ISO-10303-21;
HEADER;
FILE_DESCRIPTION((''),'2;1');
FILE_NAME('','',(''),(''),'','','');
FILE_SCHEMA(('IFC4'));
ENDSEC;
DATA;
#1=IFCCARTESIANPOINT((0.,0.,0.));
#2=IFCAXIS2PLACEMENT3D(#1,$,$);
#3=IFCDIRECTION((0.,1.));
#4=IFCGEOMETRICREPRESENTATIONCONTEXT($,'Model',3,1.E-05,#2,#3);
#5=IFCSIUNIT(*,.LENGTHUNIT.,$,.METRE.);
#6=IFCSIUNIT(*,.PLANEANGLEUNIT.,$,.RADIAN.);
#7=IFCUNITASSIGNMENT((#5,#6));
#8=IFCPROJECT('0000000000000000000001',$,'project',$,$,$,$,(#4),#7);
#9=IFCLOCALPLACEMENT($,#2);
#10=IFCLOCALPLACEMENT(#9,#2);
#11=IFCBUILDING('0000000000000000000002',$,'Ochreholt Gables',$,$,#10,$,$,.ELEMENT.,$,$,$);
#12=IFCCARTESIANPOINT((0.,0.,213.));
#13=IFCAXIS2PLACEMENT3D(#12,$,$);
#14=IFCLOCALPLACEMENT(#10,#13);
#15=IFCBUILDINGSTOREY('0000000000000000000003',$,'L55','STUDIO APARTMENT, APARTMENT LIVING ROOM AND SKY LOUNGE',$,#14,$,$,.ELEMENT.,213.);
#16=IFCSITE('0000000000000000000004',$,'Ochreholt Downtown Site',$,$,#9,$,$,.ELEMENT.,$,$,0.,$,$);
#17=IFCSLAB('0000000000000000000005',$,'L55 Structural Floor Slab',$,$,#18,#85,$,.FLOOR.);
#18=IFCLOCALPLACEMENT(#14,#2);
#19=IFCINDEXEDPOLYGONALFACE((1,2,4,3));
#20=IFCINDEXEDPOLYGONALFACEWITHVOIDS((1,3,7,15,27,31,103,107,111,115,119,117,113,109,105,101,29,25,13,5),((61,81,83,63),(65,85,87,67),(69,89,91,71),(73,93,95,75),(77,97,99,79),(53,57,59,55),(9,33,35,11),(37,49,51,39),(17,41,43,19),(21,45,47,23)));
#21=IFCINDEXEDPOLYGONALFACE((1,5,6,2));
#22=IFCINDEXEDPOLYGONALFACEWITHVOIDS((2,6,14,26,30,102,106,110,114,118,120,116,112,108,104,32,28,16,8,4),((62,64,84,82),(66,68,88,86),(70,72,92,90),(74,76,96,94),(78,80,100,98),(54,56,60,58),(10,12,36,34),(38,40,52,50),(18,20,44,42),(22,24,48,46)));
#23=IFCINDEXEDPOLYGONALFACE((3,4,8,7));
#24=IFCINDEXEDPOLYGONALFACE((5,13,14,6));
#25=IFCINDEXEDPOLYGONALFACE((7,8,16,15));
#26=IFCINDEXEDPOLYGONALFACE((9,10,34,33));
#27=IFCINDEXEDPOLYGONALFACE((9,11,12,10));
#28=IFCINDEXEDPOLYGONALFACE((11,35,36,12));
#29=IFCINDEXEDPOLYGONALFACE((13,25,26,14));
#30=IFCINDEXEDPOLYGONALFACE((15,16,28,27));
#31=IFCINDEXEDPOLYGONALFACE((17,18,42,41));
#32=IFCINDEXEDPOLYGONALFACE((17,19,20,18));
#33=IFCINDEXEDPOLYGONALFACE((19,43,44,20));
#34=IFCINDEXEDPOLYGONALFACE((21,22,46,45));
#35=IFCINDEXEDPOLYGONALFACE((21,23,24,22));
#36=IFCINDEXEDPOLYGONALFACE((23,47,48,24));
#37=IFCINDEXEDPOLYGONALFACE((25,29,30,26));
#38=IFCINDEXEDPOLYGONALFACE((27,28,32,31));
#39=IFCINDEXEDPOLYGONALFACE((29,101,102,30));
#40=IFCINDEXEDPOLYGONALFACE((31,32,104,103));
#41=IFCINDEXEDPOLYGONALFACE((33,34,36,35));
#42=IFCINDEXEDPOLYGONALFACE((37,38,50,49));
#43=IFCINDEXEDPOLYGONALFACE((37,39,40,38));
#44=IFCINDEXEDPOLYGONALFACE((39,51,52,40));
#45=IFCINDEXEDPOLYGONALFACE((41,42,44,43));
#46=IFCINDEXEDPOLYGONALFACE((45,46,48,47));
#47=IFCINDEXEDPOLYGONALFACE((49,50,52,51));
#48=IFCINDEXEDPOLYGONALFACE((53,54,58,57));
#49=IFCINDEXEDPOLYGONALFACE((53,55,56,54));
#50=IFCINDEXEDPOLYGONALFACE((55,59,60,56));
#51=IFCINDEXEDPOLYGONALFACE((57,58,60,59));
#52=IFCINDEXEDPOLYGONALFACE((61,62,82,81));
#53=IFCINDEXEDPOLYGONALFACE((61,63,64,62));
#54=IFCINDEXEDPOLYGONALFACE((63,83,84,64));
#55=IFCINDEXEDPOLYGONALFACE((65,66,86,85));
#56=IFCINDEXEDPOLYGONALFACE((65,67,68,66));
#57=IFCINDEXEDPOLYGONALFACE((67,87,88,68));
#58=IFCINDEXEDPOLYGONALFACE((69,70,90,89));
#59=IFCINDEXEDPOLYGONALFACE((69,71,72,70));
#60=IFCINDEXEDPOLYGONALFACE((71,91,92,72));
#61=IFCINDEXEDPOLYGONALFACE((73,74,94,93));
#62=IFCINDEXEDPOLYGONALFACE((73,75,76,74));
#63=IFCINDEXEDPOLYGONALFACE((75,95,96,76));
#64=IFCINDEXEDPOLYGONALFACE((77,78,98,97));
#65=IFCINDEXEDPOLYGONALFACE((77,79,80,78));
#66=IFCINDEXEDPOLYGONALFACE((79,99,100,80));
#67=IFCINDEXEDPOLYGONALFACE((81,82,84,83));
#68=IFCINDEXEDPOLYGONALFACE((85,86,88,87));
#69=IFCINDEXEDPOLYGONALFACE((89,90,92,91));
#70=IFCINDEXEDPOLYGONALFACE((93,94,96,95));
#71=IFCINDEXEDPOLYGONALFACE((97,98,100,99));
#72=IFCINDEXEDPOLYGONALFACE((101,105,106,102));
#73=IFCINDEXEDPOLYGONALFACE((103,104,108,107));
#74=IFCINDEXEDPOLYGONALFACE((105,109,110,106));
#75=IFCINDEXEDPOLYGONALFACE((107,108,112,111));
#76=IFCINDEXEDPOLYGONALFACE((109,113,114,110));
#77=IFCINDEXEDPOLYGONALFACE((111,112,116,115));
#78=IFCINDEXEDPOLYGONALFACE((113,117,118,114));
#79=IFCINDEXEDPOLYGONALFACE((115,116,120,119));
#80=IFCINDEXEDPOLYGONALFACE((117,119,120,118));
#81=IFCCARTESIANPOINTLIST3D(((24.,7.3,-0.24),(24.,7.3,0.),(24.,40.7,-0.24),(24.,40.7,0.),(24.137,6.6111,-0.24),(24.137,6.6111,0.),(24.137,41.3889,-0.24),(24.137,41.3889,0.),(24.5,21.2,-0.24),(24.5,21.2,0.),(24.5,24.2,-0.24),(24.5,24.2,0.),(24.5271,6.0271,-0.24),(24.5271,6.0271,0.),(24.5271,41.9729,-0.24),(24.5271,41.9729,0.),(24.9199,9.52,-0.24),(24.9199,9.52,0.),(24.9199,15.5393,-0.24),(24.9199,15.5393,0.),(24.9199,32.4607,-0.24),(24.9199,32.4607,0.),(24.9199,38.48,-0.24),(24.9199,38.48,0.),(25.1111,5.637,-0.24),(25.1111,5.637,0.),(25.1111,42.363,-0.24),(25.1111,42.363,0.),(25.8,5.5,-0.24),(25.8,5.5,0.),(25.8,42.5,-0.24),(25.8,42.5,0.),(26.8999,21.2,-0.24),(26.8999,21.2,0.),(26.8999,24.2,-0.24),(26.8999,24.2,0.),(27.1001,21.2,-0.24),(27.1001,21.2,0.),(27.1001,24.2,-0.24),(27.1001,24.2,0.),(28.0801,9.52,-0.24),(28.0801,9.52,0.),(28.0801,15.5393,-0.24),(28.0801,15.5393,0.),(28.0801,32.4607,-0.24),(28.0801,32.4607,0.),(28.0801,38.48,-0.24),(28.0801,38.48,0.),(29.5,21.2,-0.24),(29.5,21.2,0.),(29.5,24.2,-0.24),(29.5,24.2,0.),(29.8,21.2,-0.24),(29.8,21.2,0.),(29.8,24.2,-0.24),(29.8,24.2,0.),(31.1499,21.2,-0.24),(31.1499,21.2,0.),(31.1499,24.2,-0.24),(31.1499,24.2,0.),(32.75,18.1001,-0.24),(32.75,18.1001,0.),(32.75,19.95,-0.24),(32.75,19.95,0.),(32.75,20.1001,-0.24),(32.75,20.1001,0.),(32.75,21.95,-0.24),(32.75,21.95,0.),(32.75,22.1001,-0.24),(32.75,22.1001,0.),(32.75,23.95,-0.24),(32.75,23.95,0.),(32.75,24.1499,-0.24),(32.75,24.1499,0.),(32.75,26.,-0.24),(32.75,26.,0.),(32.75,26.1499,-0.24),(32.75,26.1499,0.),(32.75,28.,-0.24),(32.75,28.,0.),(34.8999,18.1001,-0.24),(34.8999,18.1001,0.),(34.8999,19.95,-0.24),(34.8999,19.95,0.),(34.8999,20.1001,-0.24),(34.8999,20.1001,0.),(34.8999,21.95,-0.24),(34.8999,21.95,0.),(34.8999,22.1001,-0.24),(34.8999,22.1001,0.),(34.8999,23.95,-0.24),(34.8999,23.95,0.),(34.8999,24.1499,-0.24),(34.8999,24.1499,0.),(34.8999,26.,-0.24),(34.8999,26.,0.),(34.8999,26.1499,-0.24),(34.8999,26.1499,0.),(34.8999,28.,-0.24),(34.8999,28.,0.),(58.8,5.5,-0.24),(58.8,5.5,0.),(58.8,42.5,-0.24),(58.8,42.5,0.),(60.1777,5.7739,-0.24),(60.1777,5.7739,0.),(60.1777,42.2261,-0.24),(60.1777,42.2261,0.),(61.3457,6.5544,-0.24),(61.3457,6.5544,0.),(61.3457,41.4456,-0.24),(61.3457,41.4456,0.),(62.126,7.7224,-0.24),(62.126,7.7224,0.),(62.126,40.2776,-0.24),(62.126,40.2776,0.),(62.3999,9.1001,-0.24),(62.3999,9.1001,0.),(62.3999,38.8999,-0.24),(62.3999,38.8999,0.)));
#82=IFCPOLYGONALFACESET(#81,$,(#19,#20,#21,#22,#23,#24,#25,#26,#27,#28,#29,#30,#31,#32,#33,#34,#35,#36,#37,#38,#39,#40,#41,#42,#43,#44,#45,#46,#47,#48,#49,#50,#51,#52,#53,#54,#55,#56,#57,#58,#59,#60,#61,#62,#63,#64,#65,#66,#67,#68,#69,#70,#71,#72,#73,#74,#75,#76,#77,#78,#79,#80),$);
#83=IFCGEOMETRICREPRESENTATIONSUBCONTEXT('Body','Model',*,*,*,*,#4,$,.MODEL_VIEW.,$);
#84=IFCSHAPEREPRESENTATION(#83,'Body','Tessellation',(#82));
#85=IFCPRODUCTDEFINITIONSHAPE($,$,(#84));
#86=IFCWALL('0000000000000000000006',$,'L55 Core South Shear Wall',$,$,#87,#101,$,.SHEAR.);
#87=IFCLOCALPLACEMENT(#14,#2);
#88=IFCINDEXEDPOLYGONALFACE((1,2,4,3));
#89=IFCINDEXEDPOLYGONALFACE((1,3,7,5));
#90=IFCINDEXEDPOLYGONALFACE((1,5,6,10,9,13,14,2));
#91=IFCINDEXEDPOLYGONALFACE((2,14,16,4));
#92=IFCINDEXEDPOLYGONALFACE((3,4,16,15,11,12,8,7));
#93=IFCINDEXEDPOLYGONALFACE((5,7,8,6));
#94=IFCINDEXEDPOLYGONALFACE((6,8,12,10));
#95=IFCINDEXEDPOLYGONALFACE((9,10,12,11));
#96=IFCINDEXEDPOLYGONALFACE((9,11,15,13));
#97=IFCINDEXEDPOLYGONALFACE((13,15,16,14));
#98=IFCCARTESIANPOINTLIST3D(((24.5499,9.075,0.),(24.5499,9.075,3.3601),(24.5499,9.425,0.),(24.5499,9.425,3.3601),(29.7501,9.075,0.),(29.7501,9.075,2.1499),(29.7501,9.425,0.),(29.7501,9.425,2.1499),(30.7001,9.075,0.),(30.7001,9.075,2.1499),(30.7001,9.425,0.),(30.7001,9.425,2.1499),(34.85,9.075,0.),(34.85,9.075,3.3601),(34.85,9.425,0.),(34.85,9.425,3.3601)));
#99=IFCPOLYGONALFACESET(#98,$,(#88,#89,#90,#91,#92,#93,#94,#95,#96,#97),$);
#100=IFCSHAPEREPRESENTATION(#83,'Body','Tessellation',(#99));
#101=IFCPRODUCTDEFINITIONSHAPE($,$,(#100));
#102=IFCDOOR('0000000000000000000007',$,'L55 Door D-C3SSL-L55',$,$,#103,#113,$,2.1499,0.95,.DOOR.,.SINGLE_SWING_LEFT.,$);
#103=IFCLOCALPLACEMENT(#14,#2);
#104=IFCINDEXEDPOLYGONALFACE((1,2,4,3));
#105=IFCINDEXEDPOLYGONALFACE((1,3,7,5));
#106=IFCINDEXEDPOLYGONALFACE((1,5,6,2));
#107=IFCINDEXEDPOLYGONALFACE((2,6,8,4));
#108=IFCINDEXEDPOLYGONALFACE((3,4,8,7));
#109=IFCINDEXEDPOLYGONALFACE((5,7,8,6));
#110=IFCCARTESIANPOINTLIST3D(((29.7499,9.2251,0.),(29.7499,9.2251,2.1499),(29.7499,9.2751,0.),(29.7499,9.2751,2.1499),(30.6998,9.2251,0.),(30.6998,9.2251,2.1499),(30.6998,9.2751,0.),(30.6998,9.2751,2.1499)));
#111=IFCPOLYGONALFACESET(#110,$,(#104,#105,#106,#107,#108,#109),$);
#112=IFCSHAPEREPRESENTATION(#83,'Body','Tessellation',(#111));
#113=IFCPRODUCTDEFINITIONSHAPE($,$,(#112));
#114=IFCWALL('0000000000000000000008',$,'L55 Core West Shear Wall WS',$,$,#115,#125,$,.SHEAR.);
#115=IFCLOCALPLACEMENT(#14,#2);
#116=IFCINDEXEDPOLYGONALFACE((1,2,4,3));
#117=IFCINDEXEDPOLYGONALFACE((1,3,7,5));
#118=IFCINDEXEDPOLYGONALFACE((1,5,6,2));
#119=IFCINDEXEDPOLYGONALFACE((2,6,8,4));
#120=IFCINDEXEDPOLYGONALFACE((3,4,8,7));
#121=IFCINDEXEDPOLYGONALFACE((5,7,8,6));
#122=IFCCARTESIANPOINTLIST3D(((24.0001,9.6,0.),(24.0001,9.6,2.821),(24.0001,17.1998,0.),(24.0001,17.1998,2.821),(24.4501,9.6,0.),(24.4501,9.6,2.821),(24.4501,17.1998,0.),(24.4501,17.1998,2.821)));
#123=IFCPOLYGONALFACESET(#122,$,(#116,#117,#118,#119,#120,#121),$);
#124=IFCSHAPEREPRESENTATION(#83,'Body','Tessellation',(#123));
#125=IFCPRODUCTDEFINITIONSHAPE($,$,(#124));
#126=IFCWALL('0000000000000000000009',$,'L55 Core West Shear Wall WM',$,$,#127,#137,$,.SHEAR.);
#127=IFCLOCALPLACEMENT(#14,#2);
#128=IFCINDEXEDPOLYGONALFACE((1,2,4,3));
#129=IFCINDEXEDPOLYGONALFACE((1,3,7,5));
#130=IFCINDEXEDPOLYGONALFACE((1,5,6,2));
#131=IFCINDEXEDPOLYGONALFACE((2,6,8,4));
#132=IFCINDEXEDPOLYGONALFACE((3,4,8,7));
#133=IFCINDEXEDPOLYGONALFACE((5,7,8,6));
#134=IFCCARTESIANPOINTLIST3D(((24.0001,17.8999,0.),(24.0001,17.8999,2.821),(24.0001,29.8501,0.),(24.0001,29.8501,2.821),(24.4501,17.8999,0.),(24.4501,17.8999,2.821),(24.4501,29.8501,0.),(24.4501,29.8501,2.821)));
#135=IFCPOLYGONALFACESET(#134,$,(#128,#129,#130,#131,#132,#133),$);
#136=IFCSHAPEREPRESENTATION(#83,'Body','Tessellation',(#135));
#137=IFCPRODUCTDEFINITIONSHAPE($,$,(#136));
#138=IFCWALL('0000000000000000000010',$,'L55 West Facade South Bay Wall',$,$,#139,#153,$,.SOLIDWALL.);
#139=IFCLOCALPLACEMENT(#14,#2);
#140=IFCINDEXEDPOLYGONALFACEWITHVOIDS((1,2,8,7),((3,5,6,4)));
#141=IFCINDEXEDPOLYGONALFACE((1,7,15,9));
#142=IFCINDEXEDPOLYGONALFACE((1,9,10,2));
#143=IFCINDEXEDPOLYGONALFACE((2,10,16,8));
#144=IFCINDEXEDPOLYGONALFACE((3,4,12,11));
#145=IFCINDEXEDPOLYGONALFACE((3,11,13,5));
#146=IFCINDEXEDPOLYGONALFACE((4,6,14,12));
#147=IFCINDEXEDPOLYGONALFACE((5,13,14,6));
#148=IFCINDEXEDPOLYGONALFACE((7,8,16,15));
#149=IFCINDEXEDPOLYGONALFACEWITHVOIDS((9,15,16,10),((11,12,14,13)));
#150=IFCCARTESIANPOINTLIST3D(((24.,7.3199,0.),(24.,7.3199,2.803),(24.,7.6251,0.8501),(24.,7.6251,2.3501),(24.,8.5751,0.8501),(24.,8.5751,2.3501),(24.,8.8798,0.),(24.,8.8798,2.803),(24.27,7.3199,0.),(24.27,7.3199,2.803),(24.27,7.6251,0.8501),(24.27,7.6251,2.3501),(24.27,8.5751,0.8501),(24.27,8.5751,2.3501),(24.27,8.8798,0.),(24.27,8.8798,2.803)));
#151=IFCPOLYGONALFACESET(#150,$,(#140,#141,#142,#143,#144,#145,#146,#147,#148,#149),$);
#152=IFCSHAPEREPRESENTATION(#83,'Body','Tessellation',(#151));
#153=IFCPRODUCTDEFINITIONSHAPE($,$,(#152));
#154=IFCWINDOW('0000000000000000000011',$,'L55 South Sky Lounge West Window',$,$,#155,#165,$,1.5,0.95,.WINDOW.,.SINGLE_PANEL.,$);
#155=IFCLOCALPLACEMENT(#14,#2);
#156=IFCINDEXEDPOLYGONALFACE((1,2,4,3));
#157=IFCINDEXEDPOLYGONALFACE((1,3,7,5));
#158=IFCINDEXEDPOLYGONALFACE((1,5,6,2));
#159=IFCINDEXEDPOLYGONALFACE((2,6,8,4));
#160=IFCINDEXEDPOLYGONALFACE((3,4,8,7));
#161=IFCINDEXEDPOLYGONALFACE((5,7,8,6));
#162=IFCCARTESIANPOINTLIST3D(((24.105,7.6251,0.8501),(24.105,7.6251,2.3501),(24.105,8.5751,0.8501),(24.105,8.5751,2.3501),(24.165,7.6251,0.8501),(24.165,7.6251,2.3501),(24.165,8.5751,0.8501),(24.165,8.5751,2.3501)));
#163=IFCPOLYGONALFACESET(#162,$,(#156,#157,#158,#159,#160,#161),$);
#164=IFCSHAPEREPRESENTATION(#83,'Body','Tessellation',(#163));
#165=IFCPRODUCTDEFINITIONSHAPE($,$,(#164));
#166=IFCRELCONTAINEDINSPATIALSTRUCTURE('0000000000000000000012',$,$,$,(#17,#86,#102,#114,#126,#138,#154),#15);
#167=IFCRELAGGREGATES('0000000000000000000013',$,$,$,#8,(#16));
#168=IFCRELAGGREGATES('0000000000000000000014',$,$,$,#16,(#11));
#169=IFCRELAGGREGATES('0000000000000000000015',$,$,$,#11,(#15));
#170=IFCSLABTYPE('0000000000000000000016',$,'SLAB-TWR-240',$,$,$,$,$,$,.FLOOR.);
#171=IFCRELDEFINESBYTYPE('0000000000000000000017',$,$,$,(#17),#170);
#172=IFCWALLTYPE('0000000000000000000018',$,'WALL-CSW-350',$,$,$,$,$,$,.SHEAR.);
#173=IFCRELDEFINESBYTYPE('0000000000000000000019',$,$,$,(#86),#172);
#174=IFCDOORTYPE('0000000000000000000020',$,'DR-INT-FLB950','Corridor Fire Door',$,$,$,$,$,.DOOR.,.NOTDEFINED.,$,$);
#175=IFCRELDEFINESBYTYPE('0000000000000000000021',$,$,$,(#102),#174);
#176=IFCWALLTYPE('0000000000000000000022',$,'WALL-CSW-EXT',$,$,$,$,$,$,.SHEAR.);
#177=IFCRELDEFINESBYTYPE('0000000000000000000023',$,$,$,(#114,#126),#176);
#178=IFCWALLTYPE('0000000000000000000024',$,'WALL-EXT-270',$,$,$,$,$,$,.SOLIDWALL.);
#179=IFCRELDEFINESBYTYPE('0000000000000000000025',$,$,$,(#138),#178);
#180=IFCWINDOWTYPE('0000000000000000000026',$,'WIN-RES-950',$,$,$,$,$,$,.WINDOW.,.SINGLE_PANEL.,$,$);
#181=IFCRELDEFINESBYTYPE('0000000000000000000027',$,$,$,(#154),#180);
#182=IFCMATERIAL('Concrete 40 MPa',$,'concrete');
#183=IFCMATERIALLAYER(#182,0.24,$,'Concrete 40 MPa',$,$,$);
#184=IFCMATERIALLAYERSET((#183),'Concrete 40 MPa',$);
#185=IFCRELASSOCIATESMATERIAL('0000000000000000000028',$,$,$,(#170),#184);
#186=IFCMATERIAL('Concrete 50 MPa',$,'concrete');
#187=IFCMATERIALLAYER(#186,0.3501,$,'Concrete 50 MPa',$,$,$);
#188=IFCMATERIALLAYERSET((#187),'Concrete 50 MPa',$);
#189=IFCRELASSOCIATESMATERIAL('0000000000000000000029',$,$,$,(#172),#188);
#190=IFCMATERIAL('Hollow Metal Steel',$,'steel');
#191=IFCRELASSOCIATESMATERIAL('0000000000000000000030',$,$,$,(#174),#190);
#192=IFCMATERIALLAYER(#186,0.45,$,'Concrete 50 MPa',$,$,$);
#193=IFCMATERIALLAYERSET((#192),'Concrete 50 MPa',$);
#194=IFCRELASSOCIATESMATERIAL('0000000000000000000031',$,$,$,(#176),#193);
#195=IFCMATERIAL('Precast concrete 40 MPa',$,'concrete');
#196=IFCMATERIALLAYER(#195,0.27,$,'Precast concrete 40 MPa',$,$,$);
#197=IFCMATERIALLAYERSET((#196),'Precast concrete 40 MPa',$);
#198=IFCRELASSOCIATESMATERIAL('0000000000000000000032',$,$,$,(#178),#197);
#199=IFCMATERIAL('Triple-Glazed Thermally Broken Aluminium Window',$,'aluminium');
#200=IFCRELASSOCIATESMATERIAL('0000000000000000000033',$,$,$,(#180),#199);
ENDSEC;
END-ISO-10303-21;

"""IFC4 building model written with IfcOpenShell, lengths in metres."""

from ifc_helpers import new_model, si_unit, direction, frame, frame_2d, origin, place, context, subcontext, project, spatial, polyline, rectangle, outline, extrude, material, layer, layer_set, type_object, element, fill, save


model = new_model("IFC4")

# Units and contexts
model_context = context("Model", 3, precision=1e-05, world=origin(), true_north=direction((0.0, 1.0)))
body_context = subcontext(model_context, "Body", "Model", "MODEL_VIEW")
ifc_project = project(units=[si_unit("LENGTHUNIT", "METRE"), si_unit("PLANEANGLEUNIT", "RADIAN")], contexts=[model_context])

# Site, building, storey
site_placement = place(None, origin())
site = spatial("IfcSite", under=ifc_project, at=site_placement, Name="Ochreholt Downtown Site", CompositionType="ELEMENT", RefElevation=0.0)
building_placement = place(site_placement, origin())
building = spatial("IfcBuilding", under=site, at=building_placement, Name="Ochreholt Gables", CompositionType="ELEMENT")
storey_placement = place(building_placement, frame((0.0, 0.0, 213.0)))
storey = spatial("IfcBuildingStorey", under=building, at=storey_placement, Name="L55", Description="STUDIO APARTMENT, APARTMENT LIVING ROOM AND SKY LOUNGE", CompositionType="ELEMENT", Elevation=213.0)

# Shared definitions
ifc_material_1 = material(Name="Concrete 50 MPa", Category="concrete")

# Shared definitions
ifc_material_2 = material(Name="Concrete 40 MPa", Category="concrete")

# Slab
ifc_layer_1 = layer(ifc_material_2, 0.24, Name="Concrete 40 MPa")
ifc_layer_set_1 = layer_set([ifc_layer_1], Name="Concrete 40 MPa")
slab_type_1 = type_object("IfcSlabType", Name="SLAB-TWR-240", PredefinedType="FLOOR", material=ifc_layer_set_1)
slab_1_placement = place(storey_placement, frame((0.0, 0.0, -0.24)))
element("IfcSlab", 1, at=slab_1_placement, inside=storey, type_object=slab_type_1, Name="L55 Structural Floor Slab", PredefinedType="FLOOR", context=body_context, shape_type="SweptSolid", body=[
    extrude(outline(polyline([(24.0, 7.3), (24.137, 6.6111), (24.5271, 6.0271), (25.1111, 5.637), (25.8, 5.5), (58.8, 5.5), (60.1777, 5.7739), (61.3457, 6.5544), (62.126, 7.7224), (62.3999, 9.1001), (62.3999, 38.8999), (62.126, 40.2776), (61.3457, 41.4456), (60.1777, 42.2261), (58.8, 42.5), (25.8, 42.5), (25.1111, 42.363), (24.5271, 41.9729), (24.137, 41.3889), (24.0, 40.7), (24.0, 7.3)]), holes=[polyline([(24.9199, 15.5393), (24.9199, 9.52), (28.0801, 9.52), (28.0801, 15.5393), (24.9199, 15.5393)]), polyline([(28.0801, 32.4607), (28.0801, 38.48), (24.9199, 38.48), (24.9199, 32.4607), (28.0801, 32.4607)]), polyline([(24.5, 21.2), (26.8999, 21.2), (26.8999, 24.2), (24.5, 24.2), (24.5, 21.2)]), polyline([(27.1001, 21.2), (29.5, 21.2), (29.5, 24.2), (27.1001, 24.2), (27.1001, 21.2)]), polyline([(32.75, 18.1001), (34.8999, 18.1001), (34.8999, 19.95), (32.75, 19.95), (32.75, 18.1001)]), polyline([(32.75, 20.1001), (34.8999, 20.1001), (34.8999, 21.95), (32.75, 21.95), (32.75, 20.1001)]), polyline([(32.75, 22.1001), (34.8999, 22.1001), (34.8999, 23.95), (32.75, 23.95), (32.75, 22.1001)]), polyline([(32.75, 24.1499), (34.8999, 24.1499), (34.8999, 26.0), (32.75, 26.0), (32.75, 24.1499)]), polyline([(32.75, 26.1499), (34.8999, 26.1499), (34.8999, 28.0), (32.75, 28.0), (32.75, 26.1499)]), polyline([(29.8, 21.2), (31.1499, 21.2), (31.1499, 24.2), (29.8, 24.2), (29.8, 21.2)])]), origin(), (0.0, 0.0, 1.0), 0.24),
])

# Wall, opening, door
ifc_layer_2 = layer(ifc_material_1, 0.3501, Name="Concrete 50 MPa")
ifc_layer_set_2 = layer_set([ifc_layer_2], Name="Concrete 50 MPa")
wall_type_1 = type_object("IfcWallType", Name="WALL-CSW-350", PredefinedType="SHEAR", material=ifc_layer_set_2)
wall_1_placement = place(storey_placement, frame((24.55, 9.25, 0.0), z_axis=(0.0, 0.0, 1.0), x_axis=(1.0, 0.0, 0.0)))
wall_1 = element("IfcWall", 2, at=wall_1_placement, inside=storey, type_object=wall_type_1, Name="L55 Core South Shear Wall", PredefinedType="SHEAR", context=body_context, shape_type="SweptSolid", body=[
    extrude(rectangle(XDim=10.3, YDim=0.3501, at=frame_2d((5.1499, 0.0))), origin(), (0.0, 0.0, 1.0), 3.3601),
])
opening_1_placement = place(wall_1_placement, frame((5.2, 0.0, 0.0)))
opening_1 = element("IfcOpeningElement", 3, at=opening_1_placement, cuts=wall_1, PredefinedType="OPENING", context=body_context, shape_type="SweptSolid", body=[
    extrude(rectangle(XDim=0.95, YDim=2.1499, at=frame_2d((0.4751, 1.075))), frame((0.0, 0.1851, 0.0), z_axis=(0.0, -1.0, 0.0), x_axis=(1.0, 0.0, 0.0)), (0.0, 0.0, 1.0), 0.3701),
])
ifc_material_3 = material(Name="Hollow Metal Steel", Category="steel")
door_type_1 = type_object("IfcDoorType", Name="DR-INT-FLB950", Description="Corridor Fire Door", OperationType="NOTDEFINED", PredefinedType="DOOR", material=ifc_material_3)
door_1_placement = place(opening_1_placement, frame((0.95, 0.0, 0.0), z_axis=(0.0, 0.0, 1.0), x_axis=(-1.0, 0.0, 0.0)))
door_1 = element("IfcDoor", 4, at=door_1_placement, inside=storey, type_object=door_type_1, Name="L55 Door D-C3SSL-L55", OperationType="SINGLE_SWING_LEFT", OverallHeight=2.1499, OverallWidth=0.95, PredefinedType="DOOR", context=body_context, shape_type="SweptSolid", body=[
    extrude(rectangle(XDim=0.95, YDim=2.1499, at=frame_2d((0.4751, 1.075))), frame((0.0, 0.0249, 0.0), z_axis=(0.0, -1.0, 0.0), x_axis=(1.0, 0.0, 0.0)), (0.0, 0.0, 1.0), 0.05),
])
fill(opening_1, door_1)

# Walls
ifc_layer_3 = layer(ifc_material_1, 0.45, Name="Concrete 50 MPa")
ifc_layer_set_3 = layer_set([ifc_layer_3], Name="Concrete 50 MPa")
wall_type_2 = type_object("IfcWallType", Name="WALL-CSW-EXT", PredefinedType="SHEAR", material=ifc_layer_set_3)
wall_2_placement = place(storey_placement, frame((24.2251, 9.6001, 0.0), z_axis=(0.0, 0.0, 1.0), x_axis=(0.0, 1.0, 0.0)))
element("IfcWall", 5, at=wall_2_placement, inside=storey, type_object=wall_type_2, Name="L55 Core West Shear Wall WS", PredefinedType="SHEAR", context=body_context, shape_type="SweptSolid", body=[
    extrude(rectangle(XDim=7.5999, YDim=0.45, at=frame_2d((3.7998, 0.0))), origin(), (0.0, 0.0, 1.0), 2.821),
])
wall_3_placement = place(storey_placement, frame((24.2251, 17.8999, 0.0), z_axis=(0.0, 0.0, 1.0), x_axis=(0.0, 1.0, 0.0)))
element("IfcWall", 6, at=wall_3_placement, inside=storey, type_object=wall_type_2, Name="L55 Core West Shear Wall WM", PredefinedType="SHEAR", context=body_context, shape_type="SweptSolid", body=[
    extrude(rectangle(XDim=11.9502, YDim=0.45, at=frame_2d((5.9751, 0.0))), origin(), (0.0, 0.0, 1.0), 2.821),
])

# Wall, opening, window
ifc_material_4 = material(Name="Precast concrete 40 MPa", Category="concrete")
ifc_layer_4 = layer(ifc_material_4, 0.27, Name="Precast concrete 40 MPa")
ifc_layer_set_4 = layer_set([ifc_layer_4], Name="Precast concrete 40 MPa")
wall_type_3 = type_object("IfcWallType", Name="WALL-EXT-270", PredefinedType="SOLIDWALL", material=ifc_layer_set_4)
wall_4_placement = place(storey_placement, frame((24.135, 7.3201, 0.0), z_axis=(0.0, 0.0, 1.0), x_axis=(0.0, 1.0, 0.0)))
wall_4 = element("IfcWall", 7, at=wall_4_placement, inside=storey, type_object=wall_type_3, Name="L55 West Facade South Bay Wall", PredefinedType="SOLIDWALL", context=body_context, shape_type="SweptSolid", body=[
    extrude(rectangle(XDim=1.5598, YDim=0.27, at=frame_2d((0.7798, 0.0))), origin(), (0.0, 0.0, 1.0), 2.803),
])
opening_2_placement = place(wall_4_placement, frame((0.3049, 0.0, 0.8501)))
opening_2 = element("IfcOpeningElement", 8, at=opening_2_placement, cuts=wall_4, PredefinedType="OPENING", context=body_context, shape_type="SweptSolid", body=[
    extrude(rectangle(XDim=0.95, YDim=1.5, at=frame_2d((0.4751, 0.75))), frame((0.0, 0.145, 0.0), z_axis=(0.0, -1.0, 0.0), x_axis=(1.0, 0.0, 0.0)), (0.0, 0.0, 1.0), 0.29),
])
ifc_material_5 = material(Name="Triple-Glazed Thermally Broken Aluminium Window", Category="aluminium")
window_type = type_object("IfcWindowType", Name="WIN-RES-950", PartitioningType="SINGLE_PANEL", PredefinedType="WINDOW", material=ifc_material_5)
window_placement = place(opening_2_placement, origin())
window = element("IfcWindow", 9, at=window_placement, inside=storey, type_object=window_type, Name="L55 South Sky Lounge West Window", OverallHeight=1.5, OverallWidth=0.95, PartitioningType="SINGLE_PANEL", PredefinedType="WINDOW", context=body_context, shape_type="SweptSolid", body=[
    extrude(rectangle(XDim=0.95, YDim=1.5, at=frame_2d((0.4751, 0.75))), frame((0.0, 0.03, 0.0), z_axis=(0.0, -1.0, 0.0), x_axis=(1.0, 0.0, 0.0)), (0.0, 0.0, 1.0), 0.0601),
])
fill(opening_2, window)

save(model, "model.ifc")
